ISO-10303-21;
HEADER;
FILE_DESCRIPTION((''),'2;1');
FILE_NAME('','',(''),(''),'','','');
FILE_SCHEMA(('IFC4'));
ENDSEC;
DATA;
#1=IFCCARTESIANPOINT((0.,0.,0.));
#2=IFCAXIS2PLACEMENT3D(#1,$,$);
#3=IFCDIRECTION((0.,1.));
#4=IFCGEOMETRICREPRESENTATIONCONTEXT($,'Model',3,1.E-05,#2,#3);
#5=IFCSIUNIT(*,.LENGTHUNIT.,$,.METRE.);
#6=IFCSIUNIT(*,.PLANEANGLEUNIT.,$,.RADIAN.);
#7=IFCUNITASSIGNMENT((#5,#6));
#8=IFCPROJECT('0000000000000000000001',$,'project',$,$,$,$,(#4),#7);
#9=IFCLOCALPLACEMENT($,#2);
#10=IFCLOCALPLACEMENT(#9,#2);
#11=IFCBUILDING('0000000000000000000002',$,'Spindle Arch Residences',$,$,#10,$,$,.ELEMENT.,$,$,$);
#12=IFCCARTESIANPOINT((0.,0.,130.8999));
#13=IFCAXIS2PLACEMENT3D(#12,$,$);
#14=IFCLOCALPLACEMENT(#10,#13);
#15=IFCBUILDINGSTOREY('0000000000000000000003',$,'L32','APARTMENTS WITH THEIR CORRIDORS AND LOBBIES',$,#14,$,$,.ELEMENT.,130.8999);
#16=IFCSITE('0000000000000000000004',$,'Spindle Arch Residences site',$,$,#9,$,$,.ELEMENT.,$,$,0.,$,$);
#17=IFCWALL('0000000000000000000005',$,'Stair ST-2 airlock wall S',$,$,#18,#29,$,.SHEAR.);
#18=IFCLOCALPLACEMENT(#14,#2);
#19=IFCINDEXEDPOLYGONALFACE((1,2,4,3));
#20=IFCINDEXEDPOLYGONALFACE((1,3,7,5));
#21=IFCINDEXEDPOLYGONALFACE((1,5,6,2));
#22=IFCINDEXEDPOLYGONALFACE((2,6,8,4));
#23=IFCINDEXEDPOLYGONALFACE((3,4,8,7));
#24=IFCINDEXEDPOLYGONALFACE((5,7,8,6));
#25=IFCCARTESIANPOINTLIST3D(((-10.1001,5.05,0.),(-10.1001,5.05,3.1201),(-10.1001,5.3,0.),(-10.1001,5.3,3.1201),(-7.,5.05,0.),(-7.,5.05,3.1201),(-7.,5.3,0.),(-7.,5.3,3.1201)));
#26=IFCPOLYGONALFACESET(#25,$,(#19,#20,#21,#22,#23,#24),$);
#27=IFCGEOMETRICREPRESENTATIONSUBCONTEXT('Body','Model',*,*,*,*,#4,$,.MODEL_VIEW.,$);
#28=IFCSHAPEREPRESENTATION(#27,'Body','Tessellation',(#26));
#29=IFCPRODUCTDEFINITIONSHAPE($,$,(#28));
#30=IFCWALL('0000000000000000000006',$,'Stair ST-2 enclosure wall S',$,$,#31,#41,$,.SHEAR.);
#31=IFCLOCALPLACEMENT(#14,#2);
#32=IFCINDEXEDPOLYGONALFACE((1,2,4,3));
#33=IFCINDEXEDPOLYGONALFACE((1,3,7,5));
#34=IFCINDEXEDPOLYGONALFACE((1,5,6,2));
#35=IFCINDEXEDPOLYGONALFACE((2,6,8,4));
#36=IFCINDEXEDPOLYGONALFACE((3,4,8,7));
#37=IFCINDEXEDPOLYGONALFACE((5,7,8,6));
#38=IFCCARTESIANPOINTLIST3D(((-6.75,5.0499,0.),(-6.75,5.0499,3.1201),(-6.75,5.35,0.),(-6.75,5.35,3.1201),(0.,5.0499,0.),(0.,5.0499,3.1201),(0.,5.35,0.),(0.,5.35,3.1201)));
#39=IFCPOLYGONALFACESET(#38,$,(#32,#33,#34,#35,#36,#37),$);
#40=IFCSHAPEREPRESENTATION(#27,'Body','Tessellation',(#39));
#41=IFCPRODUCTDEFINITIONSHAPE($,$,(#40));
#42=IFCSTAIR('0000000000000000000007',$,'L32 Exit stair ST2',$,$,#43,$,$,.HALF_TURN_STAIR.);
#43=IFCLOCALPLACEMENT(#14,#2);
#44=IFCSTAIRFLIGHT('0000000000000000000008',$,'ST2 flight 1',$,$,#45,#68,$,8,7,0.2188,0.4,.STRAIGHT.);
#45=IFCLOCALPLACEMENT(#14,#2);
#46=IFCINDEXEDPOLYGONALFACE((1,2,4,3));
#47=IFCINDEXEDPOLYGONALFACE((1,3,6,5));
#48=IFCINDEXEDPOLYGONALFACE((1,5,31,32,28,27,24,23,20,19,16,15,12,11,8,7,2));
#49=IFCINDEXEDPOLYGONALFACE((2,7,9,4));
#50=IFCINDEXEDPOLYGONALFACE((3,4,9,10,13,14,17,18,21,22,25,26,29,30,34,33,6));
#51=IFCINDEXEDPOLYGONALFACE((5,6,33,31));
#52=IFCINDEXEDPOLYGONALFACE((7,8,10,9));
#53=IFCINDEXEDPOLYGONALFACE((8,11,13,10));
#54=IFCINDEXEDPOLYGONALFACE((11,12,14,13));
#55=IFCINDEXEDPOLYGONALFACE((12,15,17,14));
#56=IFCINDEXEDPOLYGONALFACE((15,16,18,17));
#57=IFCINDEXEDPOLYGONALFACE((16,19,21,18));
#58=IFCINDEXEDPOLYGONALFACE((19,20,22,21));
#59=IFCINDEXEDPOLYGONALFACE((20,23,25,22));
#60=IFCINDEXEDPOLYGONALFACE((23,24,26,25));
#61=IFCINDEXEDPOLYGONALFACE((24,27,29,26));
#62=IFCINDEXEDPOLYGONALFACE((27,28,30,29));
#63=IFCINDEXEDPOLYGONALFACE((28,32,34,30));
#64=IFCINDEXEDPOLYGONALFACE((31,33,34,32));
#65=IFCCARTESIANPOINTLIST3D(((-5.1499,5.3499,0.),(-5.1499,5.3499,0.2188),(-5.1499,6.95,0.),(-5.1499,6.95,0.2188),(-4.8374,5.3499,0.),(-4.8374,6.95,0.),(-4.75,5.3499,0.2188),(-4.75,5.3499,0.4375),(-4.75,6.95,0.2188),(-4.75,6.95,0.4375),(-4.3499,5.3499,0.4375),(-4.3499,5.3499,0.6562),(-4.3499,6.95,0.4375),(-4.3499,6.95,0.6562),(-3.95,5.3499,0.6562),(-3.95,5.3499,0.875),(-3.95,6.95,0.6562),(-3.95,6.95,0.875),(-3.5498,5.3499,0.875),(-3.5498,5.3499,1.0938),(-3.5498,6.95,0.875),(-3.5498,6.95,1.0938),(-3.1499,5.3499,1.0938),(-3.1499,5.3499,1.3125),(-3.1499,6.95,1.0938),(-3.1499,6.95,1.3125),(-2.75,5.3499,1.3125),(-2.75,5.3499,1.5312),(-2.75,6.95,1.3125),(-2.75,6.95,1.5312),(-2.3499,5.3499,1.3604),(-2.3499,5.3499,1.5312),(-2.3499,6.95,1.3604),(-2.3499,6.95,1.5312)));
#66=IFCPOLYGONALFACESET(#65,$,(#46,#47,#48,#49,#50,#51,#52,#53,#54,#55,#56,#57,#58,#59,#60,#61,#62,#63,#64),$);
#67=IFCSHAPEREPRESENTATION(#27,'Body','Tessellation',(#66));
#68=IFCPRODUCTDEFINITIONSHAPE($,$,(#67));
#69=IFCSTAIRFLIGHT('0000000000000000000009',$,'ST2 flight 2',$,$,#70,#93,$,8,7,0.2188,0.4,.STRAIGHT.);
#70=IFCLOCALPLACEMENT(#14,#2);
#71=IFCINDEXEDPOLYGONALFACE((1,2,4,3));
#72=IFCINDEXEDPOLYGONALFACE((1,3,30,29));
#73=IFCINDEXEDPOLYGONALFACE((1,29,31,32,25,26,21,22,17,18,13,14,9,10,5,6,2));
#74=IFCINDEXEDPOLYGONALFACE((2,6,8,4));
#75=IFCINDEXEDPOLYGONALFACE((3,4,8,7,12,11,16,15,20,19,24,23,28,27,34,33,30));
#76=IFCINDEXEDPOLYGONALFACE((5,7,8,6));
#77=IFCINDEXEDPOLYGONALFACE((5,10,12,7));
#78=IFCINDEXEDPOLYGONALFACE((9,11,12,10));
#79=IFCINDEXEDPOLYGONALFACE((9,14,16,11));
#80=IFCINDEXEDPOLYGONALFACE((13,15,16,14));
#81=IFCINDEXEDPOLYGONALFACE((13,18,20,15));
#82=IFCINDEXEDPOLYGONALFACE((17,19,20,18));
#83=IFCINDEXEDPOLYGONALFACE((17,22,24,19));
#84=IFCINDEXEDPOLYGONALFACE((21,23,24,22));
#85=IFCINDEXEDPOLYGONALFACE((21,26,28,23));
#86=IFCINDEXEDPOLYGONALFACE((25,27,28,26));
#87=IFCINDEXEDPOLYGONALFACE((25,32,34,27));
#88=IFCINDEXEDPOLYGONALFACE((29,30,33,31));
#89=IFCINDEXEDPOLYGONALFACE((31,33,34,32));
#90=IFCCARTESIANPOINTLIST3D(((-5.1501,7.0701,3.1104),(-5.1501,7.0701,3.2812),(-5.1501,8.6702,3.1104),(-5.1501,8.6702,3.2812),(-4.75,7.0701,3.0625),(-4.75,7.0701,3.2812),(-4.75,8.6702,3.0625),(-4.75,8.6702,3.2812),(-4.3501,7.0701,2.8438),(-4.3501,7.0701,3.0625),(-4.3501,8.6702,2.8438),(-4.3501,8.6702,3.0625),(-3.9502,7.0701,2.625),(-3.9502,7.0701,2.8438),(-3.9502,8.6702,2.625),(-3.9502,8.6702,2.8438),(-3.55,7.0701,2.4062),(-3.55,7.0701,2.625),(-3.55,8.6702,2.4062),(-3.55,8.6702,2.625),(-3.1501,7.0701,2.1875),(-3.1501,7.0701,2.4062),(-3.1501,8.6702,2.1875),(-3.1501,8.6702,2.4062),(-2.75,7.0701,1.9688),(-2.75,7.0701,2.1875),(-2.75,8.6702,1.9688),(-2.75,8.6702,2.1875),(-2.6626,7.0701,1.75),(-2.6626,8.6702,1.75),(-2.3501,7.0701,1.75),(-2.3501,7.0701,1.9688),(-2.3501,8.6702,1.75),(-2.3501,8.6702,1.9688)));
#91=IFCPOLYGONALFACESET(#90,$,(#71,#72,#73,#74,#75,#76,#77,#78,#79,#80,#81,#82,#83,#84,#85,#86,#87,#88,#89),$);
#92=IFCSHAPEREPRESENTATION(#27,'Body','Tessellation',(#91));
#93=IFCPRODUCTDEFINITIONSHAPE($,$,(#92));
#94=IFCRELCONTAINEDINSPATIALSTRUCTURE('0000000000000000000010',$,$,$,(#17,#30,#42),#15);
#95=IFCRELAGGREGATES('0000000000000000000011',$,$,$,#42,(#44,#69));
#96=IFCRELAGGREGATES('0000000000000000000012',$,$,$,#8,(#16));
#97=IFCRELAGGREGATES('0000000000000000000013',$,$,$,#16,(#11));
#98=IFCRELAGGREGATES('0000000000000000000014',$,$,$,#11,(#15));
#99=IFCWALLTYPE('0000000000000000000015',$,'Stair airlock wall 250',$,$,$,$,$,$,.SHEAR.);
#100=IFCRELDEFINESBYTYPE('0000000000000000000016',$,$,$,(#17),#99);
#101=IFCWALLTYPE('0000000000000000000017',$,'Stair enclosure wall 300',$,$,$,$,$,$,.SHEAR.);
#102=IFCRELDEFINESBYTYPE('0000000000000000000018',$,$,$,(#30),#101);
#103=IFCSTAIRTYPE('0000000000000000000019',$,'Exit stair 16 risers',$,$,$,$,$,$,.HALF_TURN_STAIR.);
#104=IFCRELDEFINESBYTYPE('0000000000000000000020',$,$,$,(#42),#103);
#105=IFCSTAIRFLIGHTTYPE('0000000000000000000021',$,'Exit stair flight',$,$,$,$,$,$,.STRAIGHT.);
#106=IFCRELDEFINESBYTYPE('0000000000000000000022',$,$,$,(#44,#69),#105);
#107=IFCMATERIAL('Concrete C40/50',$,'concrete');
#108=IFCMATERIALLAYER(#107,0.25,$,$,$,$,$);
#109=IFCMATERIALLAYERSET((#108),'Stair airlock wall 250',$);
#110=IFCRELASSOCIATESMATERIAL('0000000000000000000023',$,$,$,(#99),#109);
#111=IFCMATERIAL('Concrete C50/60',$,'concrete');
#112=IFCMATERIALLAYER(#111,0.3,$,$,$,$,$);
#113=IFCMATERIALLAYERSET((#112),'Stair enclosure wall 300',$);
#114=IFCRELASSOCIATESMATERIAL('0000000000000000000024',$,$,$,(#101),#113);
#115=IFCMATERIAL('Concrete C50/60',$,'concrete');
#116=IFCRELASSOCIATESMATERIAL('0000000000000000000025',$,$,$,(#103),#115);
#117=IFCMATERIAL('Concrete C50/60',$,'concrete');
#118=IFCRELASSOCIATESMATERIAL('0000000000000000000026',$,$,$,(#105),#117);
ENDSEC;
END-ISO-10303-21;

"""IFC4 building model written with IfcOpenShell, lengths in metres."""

from ifc_helpers import new_model, si_unit, direction, frame, frame_2d, origin, place, context, subcontext, project, spatial, polyline, rectangle, outline, extrude, material, layer, layer_set, type_object, element, aggregate, save


model = new_model("IFC4")

# Units and contexts
model_context = context("Model", 3, precision=1e-05, world=origin(), true_north=direction((0.0, 1.0)))
body_context = subcontext(model_context, "Body", "Model", "MODEL_VIEW")
ifc_project = project(units=[si_unit("LENGTHUNIT", "METRE"), si_unit("PLANEANGLEUNIT", "RADIAN")], contexts=[model_context])

# Site, building, storey
site_placement = place(None, origin())
site = spatial("IfcSite", under=ifc_project, at=site_placement, Name="Spindle Arch Residences site", CompositionType="ELEMENT", RefElevation=0.0)
building_placement = place(site_placement, origin())
building = spatial("IfcBuilding", under=site, at=building_placement, Name="Spindle Arch Residences", CompositionType="ELEMENT")
storey_placement = place(building_placement, frame((0.0, 0.0, 130.8999)))
storey = spatial("IfcBuildingStorey", under=building, at=storey_placement, Name="L32", Description="APARTMENTS WITH THEIR CORRIDORS AND LOBBIES", CompositionType="ELEMENT", Elevation=130.8999)

# Walls
ifc_material_1 = material(Name="Concrete C40/50", Category="concrete")
ifc_layer_1 = layer(ifc_material_1, 0.25)
ifc_layer_set_1 = layer_set([ifc_layer_1], Name="Stair airlock wall 250")
wall_type_1 = type_object("IfcWallType", Name="Stair airlock wall 250", PredefinedType="SHEAR", material=ifc_layer_set_1)
wall_1_placement = place(storey_placement, frame((-7.0, 5.175, 0.0), z_axis=(0.0, 0.0, 1.0), x_axis=(-1.0, 0.0, 0.0)))
element("IfcWall", 1, at=wall_1_placement, inside=storey, type_object=wall_type_1, Name="Stair ST-2 airlock wall S", PredefinedType="SHEAR", context=body_context, shape_type="SweptSolid", body=[
    extrude(rectangle(XDim=3.1001, YDim=0.25, at=frame_2d((1.55, 0.0))), origin(), (0.0, 0.0, 1.0), 3.1201),
])
ifc_material_2 = material(Name="Concrete C50/60", Category="concrete")
ifc_layer_2 = layer(ifc_material_2, 0.3)
ifc_layer_set_2 = layer_set([ifc_layer_2], Name="Stair enclosure wall 300")
wall_type_2 = type_object("IfcWallType", Name="Stair enclosure wall 300", PredefinedType="SHEAR", material=ifc_layer_set_2)
wall_2_placement = place(storey_placement, frame((-6.75, 5.2, 0.0), z_axis=(0.0, 0.0, 1.0), x_axis=(1.0, 0.0, 0.0)))
element("IfcWall", 2, at=wall_2_placement, inside=storey, type_object=wall_type_2, Name="Stair ST-2 enclosure wall S", PredefinedType="SHEAR", context=body_context, shape_type="SweptSolid", body=[
    extrude(rectangle(XDim=6.75, YDim=0.3, at=frame_2d((3.375, 0.0))), origin(), (0.0, 0.0, 1.0), 3.1201),
])

# Stair, stair flights
ifc_material_3 = material(Name="Concrete C50/60", Category="concrete")
stair_type = type_object("IfcStairType", Name="Exit stair 16 risers", PredefinedType="HALF_TURN_STAIR", material=ifc_material_3)
stair_placement = place(storey_placement, origin())
stair = element("IfcStair", 3, at=stair_placement, inside=storey, type_object=stair_type, Name="L32 Exit stair ST2", PredefinedType="HALF_TURN_STAIR")
ifc_material_4 = material(Name="Concrete C50/60", Category="concrete")
stair_flight_type = type_object("IfcStairFlightType", Name="Exit stair flight", PredefinedType="STRAIGHT", material=ifc_material_4)
stair_flight_1_placement = place(storey_placement, frame((-5.1499, 6.1499, 0.0), z_axis=(0.0, 0.0, 1.0), x_axis=(1.0, 0.0, 0.0)))
stair_flight_1 = element("IfcStairFlight", 4, at=stair_flight_1_placement, type_object=stair_flight_type, Name="ST2 flight 1", NumberOfRisers=8, NumberOfTreads=7, PredefinedType="STRAIGHT", RiserHeight=0.2188, TreadLength=0.4, context=body_context, shape_type="SweptSolid", body=[
    extrude(outline(polyline([(0.0, 0.0), (0.0, 0.2188), (0.3999, 0.2188), (0.3999, 0.4375), (0.8, 0.4375), (0.8, 0.6562), (1.2, 0.6562), (1.2, 0.875), (1.6001, 0.875), (1.6001, 1.0938), (2.0, 1.0938), (2.0, 1.3125), (2.3999, 1.3125), (2.3999, 1.5312), (2.8, 1.5312), (2.8, 1.75), (2.8, 1.3604), (0.3125, 0.0), (0.0, 0.0)])), frame((0.0, 0.8, 0.0), z_axis=(0.0, -1.0, 0.0), x_axis=(1.0, 0.0, 0.0)), (0.0, 0.0, 1.0), 1.6001),
])
stair_flight_2_placement = place(storey_placement, frame((-2.3501, 7.8701, 1.75), z_axis=(0.0, 0.0, 1.0), x_axis=(-1.0, 0.0, 0.0)))
stair_flight_2 = element("IfcStairFlight", 5, at=stair_flight_2_placement, type_object=stair_flight_type, Name="ST2 flight 2", NumberOfRisers=8, NumberOfTreads=7, PredefinedType="STRAIGHT", RiserHeight=0.2188, TreadLength=0.4, context=body_context, shape_type="SweptSolid", body=[
    extrude(outline(polyline([(0.0, 0.0), (0.0, 0.2188), (0.3999, 0.2188), (0.3999, 0.4375), (0.8, 0.4375), (0.8, 0.6562), (1.2, 0.6562), (1.2, 0.875), (1.6001, 0.875), (1.6001, 1.0938), (2.0, 1.0938), (2.0, 1.3125), (2.3999, 1.3125), (2.3999, 1.5312), (2.8, 1.5312), (2.8, 1.75), (2.8, 1.3604), (0.3125, 0.0), (0.0, 0.0)])), frame((0.0, 0.8, 0.0), z_axis=(0.0, -1.0, 0.0), x_axis=(1.0, 0.0, 0.0)), (0.0, 0.0, 1.0), 1.6001),
])
aggregate(stair, [stair_flight_1, stair_flight_2])

save(model, "model.ifc")
